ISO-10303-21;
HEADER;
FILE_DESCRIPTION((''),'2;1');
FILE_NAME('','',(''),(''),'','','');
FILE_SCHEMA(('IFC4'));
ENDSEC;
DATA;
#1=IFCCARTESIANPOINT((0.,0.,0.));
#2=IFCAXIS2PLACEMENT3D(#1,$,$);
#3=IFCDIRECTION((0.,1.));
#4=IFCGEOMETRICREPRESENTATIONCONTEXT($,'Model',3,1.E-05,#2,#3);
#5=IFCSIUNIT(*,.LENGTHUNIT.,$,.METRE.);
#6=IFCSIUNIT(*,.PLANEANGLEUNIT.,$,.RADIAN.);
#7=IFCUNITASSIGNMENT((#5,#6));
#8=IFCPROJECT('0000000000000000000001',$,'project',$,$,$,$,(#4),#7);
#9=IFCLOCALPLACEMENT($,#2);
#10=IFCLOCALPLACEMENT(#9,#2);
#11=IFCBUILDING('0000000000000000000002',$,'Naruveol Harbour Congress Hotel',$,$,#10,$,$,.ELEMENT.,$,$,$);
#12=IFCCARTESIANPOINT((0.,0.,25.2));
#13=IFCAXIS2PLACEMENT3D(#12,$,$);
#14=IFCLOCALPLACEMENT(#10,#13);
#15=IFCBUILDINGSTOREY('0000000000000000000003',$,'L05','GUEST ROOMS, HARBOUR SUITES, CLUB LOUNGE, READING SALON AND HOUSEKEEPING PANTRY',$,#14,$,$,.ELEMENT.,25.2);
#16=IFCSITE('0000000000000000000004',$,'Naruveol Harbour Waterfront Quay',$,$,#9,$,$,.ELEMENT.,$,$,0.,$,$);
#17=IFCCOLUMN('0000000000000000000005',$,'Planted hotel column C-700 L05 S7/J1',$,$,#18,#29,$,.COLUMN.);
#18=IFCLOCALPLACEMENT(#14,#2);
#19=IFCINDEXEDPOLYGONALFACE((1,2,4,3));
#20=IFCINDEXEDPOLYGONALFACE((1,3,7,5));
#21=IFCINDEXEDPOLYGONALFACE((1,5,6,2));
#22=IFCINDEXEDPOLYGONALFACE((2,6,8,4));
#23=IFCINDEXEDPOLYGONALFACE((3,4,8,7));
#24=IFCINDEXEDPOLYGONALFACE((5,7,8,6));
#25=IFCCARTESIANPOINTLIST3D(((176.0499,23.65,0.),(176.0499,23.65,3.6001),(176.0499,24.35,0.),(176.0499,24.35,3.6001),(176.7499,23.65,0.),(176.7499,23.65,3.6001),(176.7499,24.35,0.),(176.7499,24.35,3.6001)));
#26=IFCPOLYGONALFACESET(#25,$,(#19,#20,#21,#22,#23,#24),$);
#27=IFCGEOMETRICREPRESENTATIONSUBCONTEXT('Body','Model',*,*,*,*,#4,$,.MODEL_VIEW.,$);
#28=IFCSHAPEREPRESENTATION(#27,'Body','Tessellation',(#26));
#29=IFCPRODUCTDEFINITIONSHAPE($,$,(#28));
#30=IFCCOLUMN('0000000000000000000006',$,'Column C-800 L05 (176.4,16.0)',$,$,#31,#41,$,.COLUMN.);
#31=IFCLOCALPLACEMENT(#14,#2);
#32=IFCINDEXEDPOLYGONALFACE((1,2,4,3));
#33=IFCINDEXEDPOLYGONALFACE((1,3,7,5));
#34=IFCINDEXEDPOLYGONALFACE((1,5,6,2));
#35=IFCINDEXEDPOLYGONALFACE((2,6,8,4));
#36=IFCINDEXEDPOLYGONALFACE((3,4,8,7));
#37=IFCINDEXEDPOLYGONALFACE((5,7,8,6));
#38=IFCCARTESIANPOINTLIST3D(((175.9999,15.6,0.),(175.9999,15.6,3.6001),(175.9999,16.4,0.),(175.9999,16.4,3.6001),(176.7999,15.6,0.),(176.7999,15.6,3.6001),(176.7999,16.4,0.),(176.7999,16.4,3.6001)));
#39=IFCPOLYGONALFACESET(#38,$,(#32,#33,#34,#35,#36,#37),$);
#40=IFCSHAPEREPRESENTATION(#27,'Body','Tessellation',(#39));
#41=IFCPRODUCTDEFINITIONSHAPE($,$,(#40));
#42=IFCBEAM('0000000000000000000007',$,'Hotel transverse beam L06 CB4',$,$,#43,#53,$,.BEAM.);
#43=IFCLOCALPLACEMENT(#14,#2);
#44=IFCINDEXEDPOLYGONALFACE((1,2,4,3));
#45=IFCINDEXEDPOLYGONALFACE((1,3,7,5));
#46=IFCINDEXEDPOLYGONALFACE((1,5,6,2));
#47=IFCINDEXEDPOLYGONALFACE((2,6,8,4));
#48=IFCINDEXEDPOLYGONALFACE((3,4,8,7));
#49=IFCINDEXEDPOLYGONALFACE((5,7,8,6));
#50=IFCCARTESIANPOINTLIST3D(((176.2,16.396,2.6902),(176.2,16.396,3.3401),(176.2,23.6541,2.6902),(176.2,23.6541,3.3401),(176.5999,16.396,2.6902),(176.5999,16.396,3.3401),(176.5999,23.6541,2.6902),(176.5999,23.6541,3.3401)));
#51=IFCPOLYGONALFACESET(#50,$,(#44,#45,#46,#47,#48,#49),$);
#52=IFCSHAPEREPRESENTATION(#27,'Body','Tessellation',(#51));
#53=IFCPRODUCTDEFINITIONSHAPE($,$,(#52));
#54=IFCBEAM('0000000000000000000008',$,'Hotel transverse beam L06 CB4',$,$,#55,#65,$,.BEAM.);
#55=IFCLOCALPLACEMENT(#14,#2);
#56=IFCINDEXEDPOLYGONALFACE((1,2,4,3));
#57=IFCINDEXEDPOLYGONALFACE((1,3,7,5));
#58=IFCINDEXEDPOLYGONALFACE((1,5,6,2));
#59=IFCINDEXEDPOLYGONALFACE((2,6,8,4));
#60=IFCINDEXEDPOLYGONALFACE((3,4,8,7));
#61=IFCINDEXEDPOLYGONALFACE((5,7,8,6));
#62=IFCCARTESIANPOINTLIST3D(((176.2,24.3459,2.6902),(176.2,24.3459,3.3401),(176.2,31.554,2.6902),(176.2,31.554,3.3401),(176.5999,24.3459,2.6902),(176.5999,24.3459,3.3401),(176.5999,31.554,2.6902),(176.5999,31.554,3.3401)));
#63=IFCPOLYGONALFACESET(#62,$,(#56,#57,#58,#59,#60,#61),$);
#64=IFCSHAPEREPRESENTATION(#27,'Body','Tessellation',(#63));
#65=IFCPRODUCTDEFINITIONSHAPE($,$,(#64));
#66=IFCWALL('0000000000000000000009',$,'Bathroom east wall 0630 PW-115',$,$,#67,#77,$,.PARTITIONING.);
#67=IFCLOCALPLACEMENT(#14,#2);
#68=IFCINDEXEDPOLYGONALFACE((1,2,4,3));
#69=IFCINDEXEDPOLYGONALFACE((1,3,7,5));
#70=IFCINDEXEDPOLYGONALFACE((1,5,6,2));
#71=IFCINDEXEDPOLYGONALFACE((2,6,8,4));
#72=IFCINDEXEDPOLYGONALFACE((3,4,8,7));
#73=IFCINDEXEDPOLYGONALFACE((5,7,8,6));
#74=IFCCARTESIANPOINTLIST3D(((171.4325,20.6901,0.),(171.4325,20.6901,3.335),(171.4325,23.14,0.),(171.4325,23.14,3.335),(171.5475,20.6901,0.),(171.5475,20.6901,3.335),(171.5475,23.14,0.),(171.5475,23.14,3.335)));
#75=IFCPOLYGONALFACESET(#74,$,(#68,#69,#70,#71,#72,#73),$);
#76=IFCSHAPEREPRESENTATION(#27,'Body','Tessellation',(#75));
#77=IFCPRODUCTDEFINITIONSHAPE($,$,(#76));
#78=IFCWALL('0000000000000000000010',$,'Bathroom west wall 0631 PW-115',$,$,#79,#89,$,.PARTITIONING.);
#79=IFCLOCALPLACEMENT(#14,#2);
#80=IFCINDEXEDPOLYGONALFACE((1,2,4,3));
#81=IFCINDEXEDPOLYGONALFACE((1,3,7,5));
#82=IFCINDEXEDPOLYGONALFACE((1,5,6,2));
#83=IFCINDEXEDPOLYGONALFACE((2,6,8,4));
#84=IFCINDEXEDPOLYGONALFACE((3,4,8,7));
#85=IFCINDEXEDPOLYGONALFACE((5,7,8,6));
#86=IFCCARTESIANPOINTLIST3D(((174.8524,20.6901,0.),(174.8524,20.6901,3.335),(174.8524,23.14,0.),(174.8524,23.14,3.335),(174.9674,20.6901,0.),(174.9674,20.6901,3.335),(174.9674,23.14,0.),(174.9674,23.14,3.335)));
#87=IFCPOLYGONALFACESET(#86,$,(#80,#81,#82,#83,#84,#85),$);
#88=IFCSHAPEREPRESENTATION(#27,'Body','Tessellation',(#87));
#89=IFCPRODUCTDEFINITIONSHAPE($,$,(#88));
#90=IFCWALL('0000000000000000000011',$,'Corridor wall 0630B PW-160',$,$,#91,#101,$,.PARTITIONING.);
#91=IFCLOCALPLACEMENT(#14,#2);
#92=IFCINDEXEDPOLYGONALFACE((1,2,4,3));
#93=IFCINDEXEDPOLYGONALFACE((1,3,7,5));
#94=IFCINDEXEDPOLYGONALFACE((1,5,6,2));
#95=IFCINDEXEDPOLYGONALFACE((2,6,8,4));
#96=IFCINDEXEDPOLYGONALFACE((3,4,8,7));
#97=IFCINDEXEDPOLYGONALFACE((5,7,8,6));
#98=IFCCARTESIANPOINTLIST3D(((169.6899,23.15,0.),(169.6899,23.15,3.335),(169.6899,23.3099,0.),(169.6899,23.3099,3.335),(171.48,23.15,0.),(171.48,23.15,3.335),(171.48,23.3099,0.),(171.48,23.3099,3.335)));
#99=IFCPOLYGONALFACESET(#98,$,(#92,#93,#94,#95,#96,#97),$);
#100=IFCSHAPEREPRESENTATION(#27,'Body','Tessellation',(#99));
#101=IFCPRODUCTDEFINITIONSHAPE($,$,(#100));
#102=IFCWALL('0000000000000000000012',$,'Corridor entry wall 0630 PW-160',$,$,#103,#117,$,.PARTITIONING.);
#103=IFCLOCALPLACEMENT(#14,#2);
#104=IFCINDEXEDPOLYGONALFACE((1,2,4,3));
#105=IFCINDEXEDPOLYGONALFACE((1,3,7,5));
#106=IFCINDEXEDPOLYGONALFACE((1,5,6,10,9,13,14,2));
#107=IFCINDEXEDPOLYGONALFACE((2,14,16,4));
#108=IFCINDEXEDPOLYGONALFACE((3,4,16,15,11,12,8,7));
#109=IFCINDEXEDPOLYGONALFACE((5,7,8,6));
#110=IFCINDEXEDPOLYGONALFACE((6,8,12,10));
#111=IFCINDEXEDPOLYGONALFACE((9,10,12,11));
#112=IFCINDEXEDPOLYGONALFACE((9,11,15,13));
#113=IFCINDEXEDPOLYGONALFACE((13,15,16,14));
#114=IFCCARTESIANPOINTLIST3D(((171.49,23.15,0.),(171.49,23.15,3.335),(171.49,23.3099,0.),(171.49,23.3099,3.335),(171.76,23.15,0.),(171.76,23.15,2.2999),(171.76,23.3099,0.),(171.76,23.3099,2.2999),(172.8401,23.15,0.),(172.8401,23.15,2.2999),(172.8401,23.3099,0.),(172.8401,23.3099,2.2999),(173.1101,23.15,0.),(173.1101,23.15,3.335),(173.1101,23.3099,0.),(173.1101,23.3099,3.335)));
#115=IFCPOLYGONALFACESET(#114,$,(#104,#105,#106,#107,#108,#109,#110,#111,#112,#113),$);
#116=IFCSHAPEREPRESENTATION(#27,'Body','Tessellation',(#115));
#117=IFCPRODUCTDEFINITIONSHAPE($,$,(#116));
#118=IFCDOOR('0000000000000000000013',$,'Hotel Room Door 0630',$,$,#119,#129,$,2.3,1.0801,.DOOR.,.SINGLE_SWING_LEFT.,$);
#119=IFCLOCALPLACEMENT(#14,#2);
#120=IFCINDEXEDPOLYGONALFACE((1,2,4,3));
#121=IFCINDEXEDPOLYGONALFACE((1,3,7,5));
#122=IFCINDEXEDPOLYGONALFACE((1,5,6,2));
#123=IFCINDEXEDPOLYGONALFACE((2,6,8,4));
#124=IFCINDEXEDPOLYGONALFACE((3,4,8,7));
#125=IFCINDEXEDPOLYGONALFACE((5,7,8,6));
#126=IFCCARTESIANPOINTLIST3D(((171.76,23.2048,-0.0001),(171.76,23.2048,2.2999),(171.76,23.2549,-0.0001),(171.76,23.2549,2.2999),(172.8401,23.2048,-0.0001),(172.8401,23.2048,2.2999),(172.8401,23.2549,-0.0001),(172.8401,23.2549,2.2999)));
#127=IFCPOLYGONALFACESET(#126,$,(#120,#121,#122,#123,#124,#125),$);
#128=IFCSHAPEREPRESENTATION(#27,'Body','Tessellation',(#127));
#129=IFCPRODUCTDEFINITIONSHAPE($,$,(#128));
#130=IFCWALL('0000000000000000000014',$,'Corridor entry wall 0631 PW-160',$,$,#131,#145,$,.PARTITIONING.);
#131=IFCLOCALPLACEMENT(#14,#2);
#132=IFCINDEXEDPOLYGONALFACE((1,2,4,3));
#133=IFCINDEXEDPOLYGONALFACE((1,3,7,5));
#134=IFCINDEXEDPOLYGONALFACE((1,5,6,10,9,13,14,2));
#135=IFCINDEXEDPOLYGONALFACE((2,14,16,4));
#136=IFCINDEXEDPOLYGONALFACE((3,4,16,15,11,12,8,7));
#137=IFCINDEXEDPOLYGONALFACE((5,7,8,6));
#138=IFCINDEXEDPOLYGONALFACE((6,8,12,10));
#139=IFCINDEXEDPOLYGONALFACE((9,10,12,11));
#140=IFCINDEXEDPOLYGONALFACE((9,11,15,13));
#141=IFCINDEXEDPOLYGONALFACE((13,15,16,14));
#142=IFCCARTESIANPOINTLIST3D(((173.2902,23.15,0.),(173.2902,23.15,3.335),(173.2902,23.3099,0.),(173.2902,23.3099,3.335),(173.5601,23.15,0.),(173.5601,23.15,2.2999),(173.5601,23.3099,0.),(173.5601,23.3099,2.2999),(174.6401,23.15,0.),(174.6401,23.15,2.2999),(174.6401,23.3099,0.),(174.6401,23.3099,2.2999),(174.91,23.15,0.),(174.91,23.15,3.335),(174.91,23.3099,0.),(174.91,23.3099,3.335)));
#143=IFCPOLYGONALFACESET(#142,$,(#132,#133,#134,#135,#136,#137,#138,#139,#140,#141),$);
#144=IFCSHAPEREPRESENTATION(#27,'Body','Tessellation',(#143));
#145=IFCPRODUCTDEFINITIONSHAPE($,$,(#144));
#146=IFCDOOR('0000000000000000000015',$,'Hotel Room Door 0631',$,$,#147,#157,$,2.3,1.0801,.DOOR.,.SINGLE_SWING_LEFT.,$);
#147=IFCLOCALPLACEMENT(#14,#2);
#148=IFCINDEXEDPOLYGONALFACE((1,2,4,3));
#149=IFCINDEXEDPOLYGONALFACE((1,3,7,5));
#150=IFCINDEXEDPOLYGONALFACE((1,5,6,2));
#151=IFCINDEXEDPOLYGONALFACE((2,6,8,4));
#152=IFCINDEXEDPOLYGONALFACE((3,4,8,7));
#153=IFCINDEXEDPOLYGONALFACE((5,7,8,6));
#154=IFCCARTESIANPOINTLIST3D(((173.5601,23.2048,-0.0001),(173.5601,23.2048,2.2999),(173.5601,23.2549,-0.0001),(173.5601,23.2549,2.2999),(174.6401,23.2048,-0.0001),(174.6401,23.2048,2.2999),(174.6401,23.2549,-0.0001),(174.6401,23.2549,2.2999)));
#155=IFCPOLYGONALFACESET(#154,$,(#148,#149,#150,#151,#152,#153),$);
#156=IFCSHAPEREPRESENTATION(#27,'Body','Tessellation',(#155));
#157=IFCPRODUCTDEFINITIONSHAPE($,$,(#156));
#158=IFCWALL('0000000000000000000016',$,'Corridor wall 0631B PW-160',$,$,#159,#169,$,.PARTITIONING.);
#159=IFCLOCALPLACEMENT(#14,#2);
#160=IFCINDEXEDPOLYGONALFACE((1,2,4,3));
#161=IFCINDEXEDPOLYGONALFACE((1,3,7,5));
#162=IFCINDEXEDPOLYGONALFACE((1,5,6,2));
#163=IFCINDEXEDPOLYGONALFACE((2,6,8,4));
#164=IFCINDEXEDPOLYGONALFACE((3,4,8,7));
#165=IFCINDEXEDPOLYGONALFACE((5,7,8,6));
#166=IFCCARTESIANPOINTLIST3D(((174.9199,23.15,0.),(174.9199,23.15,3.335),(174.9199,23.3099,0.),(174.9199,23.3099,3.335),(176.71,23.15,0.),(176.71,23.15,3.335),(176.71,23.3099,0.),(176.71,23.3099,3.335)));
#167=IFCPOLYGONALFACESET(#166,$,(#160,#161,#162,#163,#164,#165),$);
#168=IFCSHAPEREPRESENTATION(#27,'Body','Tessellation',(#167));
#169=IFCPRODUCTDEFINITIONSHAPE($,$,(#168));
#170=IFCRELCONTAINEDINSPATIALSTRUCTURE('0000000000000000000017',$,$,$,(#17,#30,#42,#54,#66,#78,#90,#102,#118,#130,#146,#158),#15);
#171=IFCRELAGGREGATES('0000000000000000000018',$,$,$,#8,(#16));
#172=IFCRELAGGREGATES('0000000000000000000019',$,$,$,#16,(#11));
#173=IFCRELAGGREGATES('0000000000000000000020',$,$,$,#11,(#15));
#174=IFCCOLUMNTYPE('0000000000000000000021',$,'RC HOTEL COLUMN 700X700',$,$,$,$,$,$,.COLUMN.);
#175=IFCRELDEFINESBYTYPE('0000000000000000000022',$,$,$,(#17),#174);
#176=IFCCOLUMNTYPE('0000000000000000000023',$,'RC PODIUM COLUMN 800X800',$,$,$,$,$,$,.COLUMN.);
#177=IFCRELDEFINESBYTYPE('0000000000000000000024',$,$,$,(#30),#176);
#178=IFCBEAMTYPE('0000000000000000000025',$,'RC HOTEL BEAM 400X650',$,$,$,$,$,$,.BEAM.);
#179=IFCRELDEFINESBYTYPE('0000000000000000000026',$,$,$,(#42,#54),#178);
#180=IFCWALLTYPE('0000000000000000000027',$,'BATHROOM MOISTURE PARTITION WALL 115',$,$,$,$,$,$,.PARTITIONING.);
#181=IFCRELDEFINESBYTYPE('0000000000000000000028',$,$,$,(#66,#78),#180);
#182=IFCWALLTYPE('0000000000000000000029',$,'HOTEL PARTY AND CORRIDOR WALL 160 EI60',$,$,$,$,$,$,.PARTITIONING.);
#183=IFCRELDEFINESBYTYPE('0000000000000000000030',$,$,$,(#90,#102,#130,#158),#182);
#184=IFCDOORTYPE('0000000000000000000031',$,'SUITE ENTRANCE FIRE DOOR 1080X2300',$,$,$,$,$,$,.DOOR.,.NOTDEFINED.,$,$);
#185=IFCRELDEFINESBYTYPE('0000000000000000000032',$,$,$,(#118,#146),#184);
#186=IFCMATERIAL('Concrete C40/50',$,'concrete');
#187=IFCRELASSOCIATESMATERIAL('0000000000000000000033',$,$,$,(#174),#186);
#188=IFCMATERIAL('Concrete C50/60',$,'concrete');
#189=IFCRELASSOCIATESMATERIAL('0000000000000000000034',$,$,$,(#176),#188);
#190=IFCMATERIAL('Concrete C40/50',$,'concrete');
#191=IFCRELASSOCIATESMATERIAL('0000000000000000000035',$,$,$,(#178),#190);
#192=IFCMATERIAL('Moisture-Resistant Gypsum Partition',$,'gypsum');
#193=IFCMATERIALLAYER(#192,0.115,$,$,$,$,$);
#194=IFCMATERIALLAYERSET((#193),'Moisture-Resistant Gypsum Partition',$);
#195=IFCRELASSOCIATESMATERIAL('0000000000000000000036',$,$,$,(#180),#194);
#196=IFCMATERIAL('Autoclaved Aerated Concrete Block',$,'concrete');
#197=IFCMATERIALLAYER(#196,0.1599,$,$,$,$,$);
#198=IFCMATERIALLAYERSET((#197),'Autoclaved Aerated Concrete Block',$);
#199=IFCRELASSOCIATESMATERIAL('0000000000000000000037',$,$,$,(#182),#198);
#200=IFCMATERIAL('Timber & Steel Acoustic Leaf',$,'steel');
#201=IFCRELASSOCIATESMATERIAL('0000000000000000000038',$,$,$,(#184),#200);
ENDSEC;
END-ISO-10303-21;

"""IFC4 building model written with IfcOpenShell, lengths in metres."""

from ifc_helpers import new_model, si_unit, direction, frame, frame_2d, origin, origin_2d, place, context, subcontext, project, spatial, rectangle, extrude, material, layer, layer_set, material_profile, profile_set, type_object, element, fill, save


model = new_model("IFC4")

# Units and contexts
model_context = context("Model", 3, precision=1e-05, world=origin(), true_north=direction((0.0, 1.0)))
body_context = subcontext(model_context, "Body", "Model", "MODEL_VIEW")
ifc_project = project(units=[si_unit("LENGTHUNIT", "METRE"), si_unit("PLANEANGLEUNIT", "RADIAN")], contexts=[model_context])

# Site, building, storey
site_placement = place(None, origin())
site = spatial("IfcSite", under=ifc_project, at=site_placement, Name="Naruveol Harbour Waterfront Quay", CompositionType="ELEMENT", RefElevation=0.0)
building_placement = place(site_placement, origin())
building = spatial("IfcBuilding", under=site, at=building_placement, Name="Naruveol Harbour Congress Hotel", CompositionType="ELEMENT")
storey_placement = place(building_placement, frame((0.0, 0.0, 25.2)))
storey = spatial("IfcBuildingStorey", under=building, at=storey_placement, Name="L05", Description="GUEST ROOMS, HARBOUR SUITES, CLUB LOUNGE, READING SALON AND HOUSEKEEPING PANTRY", CompositionType="ELEMENT", Elevation=25.2)

# Columns
ifc_material_1 = material(Name="Concrete C40/50", Category="concrete")
ifc_material_profile_1 = material_profile(ifc_material_1, rectangle(XDim=0.7, YDim=0.7, at=origin_2d()), Name="RC-700x700")
ifc_profile_set_1 = profile_set([ifc_material_profile_1], Name="Concrete C40/50")
column_type_1 = type_object("IfcColumnType", Name="RC HOTEL COLUMN 700X700", PredefinedType="COLUMN", material=ifc_profile_set_1)
column_1_placement = place(storey_placement, frame((176.3999, 24.0, 0.0), z_axis=(0.0, 0.0, 1.0), x_axis=(1.0, 0.0, 0.0)))
element("IfcColumn", 1, at=column_1_placement, inside=storey, type_object=column_type_1, Name="Planted hotel column C-700 L05 S7/J1", PredefinedType="COLUMN", context=body_context, shape_type="SweptSolid", body=[
    extrude(rectangle(XDim=0.7, YDim=0.7, at=origin_2d()), origin(), (0.0, 0.0, 1.0), 3.6001),
])
ifc_material_2 = material(Name="Concrete C50/60", Category="concrete")
ifc_material_profile_2 = material_profile(ifc_material_2, rectangle(XDim=0.8, YDim=0.8, at=origin_2d()), Name="RC-800x800")
ifc_profile_set_2 = profile_set([ifc_material_profile_2], Name="Concrete C50/60")
column_type_2 = type_object("IfcColumnType", Name="RC PODIUM COLUMN 800X800", PredefinedType="COLUMN", material=ifc_profile_set_2)
column_2_placement = place(storey_placement, frame((176.3999, 16.0, 0.0), z_axis=(0.0, 0.0, 1.0), x_axis=(1.0, 0.0, 0.0)))
element("IfcColumn", 2, at=column_2_placement, inside=storey, type_object=column_type_2, Name="Column C-800 L05 (176.4,16.0)", PredefinedType="COLUMN", context=body_context, shape_type="SweptSolid", body=[
    extrude(rectangle(XDim=0.8, YDim=0.8, at=origin_2d()), origin(), (0.0, 0.0, 1.0), 3.6001),
])

# Beams
ifc_material_3 = material(Name="Concrete C40/50", Category="concrete")
ifc_material_profile_3 = material_profile(ifc_material_3, rectangle(XDim=0.3999, YDim=0.6499, at=origin_2d()), Name="RCB-400x650")
ifc_profile_set_3 = profile_set([ifc_material_profile_3], Name="Concrete C40/50")
beam_type = type_object("IfcBeamType", Name="RC HOTEL BEAM 400X650", PredefinedType="BEAM", material=ifc_profile_set_3)
beam_1_placement = place(storey_placement, frame((176.3999, 16.396, 3.0151), z_axis=(0.0, 1.0, 0.0), x_axis=(-1.0, 0.0, 0.0)))
element("IfcBeam", 3, at=beam_1_placement, inside=storey, type_object=beam_type, Name="Hotel transverse beam L06 CB4", PredefinedType="BEAM", context=body_context, shape_type="SweptSolid", body=[
    extrude(rectangle(XDim=0.3999, YDim=0.6499, at=origin_2d()), origin(), (0.0, 0.0, 1.0), 7.2581),
])
beam_2_placement = place(storey_placement, frame((176.3999, 24.3459, 3.0151), z_axis=(0.0, 1.0, 0.0), x_axis=(-1.0, 0.0, 0.0)))
element("IfcBeam", 4, at=beam_2_placement, inside=storey, type_object=beam_type, Name="Hotel transverse beam L06 CB4", PredefinedType="BEAM", context=body_context, shape_type="SweptSolid", body=[
    extrude(rectangle(XDim=0.3999, YDim=0.6499, at=origin_2d()), origin(), (0.0, 0.0, 1.0), 7.208),
])

# Wall
ifc_material_4 = material(Name="Moisture-Resistant Gypsum Partition", Category="gypsum")
ifc_layer_1 = layer(ifc_material_4, 0.115)
ifc_layer_set_1 = layer_set([ifc_layer_1], Name="Moisture-Resistant Gypsum Partition")
wall_type_1 = type_object("IfcWallType", Name="BATHROOM MOISTURE PARTITION WALL 115", PredefinedType="PARTITIONING", material=ifc_layer_set_1)
wall_1_placement = place(storey_placement, frame((171.49, 20.6899, 0.0), z_axis=(0.0, 0.0, 1.0), x_axis=(0.0, 1.0, 0.0)))
element("IfcWall", 5, at=wall_1_placement, inside=storey, type_object=wall_type_1, Name="Bathroom east wall 0630 PW-115", PredefinedType="PARTITIONING", context=body_context, shape_type="SweptSolid", body=[
    extrude(rectangle(XDim=2.45, YDim=0.115, at=frame_2d((1.2251, 0.0))), origin(), (0.0, 0.0, 1.0), 3.335),
])

# Wall
wall_2_placement = place(storey_placement, frame((174.9099, 20.6899, 0.0), z_axis=(0.0, 0.0, 1.0), x_axis=(0.0, 1.0, 0.0)))
element("IfcWall", 6, at=wall_2_placement, inside=storey, type_object=wall_type_1, Name="Bathroom west wall 0631 PW-115", PredefinedType="PARTITIONING", context=body_context, shape_type="SweptSolid", body=[
    extrude(rectangle(XDim=2.45, YDim=0.115, at=frame_2d((1.2251, 0.0))), origin(), (0.0, 0.0, 1.0), 3.335),
])

# Wall
ifc_material_5 = material(Name="Autoclaved Aerated Concrete Block", Category="concrete")
ifc_layer_2 = layer(ifc_material_5, 0.1599)
ifc_layer_set_2 = layer_set([ifc_layer_2], Name="Autoclaved Aerated Concrete Block")
wall_type_2 = type_object("IfcWallType", Name="HOTEL PARTY AND CORRIDOR WALL 160 EI60", PredefinedType="PARTITIONING", material=ifc_layer_set_2)
wall_3_placement = place(storey_placement, frame((169.6899, 23.23, 0.0), z_axis=(0.0, 0.0, 1.0), x_axis=(1.0, 0.0, 0.0)))
element("IfcWall", 7, at=wall_3_placement, inside=storey, type_object=wall_type_2, Name="Corridor wall 0630B PW-160", PredefinedType="PARTITIONING", context=body_context, shape_type="SweptSolid", body=[
    extrude(rectangle(XDim=1.79, YDim=0.1599, at=frame_2d((0.895, 0.0))), origin(), (0.0, 0.0, 1.0), 3.335),
])

# Walls, openings, doors
wall_4_placement = place(storey_placement, frame((171.49, 23.23, 0.0), z_axis=(0.0, 0.0, 1.0), x_axis=(1.0, 0.0, 0.0)))
wall_4 = element("IfcWall", 8, at=wall_4_placement, inside=storey, type_object=wall_type_2, Name="Corridor entry wall 0630 PW-160", PredefinedType="PARTITIONING", context=body_context, shape_type="SweptSolid", body=[
    extrude(rectangle(XDim=1.6201, YDim=0.1599, at=frame_2d((0.8101, 0.0))), origin(), (0.0, 0.0, 1.0), 3.335),
])
opening_1_placement = place(wall_4_placement, frame((0.27, 0.0, 0.0)))
opening_1 = element("IfcOpeningElement", 9, at=opening_1_placement, cuts=wall_4, PredefinedType="OPENING", context=body_context, shape_type="SweptSolid", body=[
    extrude(rectangle(XDim=1.0801, YDim=2.3, at=frame_2d((0.54, 1.1499))), frame((0.0, 0.0898, 0.0), z_axis=(0.0, -1.0, 0.0), x_axis=(1.0, 0.0, 0.0)), (0.0, 0.0, 1.0), 0.1799),
])
ifc_material_6 = material(Name="Timber & Steel Acoustic Leaf", Category="steel")
door_type_1 = type_object("IfcDoorType", Name="SUITE ENTRANCE FIRE DOOR 1080X2300", OperationType="NOTDEFINED", PredefinedType="DOOR", material=ifc_material_6)
door_1_placement = place(opening_1_placement, origin())
door_1 = element("IfcDoor", 10, at=door_1_placement, inside=storey, type_object=door_type_1, Name="Hotel Room Door 0630", OperationType="SINGLE_SWING_LEFT", OverallHeight=2.3, OverallWidth=1.0801, PredefinedType="DOOR", context=body_context, shape_type="SweptSolid", body=[
    extrude(rectangle(XDim=1.0801, YDim=2.3, at=frame_2d((0.54, 1.1499))), frame((0.0, 0.0249, 0.0), z_axis=(0.0, -1.0, 0.0), x_axis=(1.0, 0.0, 0.0)), (0.0, 0.0, 1.0), 0.05),
])
fill(opening_1, door_1)
wall_5_placement = place(storey_placement, frame((173.29, 23.23, 0.0), z_axis=(0.0, 0.0, 1.0), x_axis=(1.0, 0.0, 0.0)))
wall_5 = element("IfcWall", 11, at=wall_5_placement, inside=storey, type_object=wall_type_2, Name="Corridor entry wall 0631 PW-160", PredefinedType="PARTITIONING", context=body_context, shape_type="SweptSolid", body=[
    extrude(rectangle(XDim=1.6199, YDim=0.1599, at=frame_2d((0.8101, 0.0))), origin(), (0.0, 0.0, 1.0), 3.335),
])
opening_2_placement = place(wall_5_placement, frame((0.27, 0.0, 0.0)))
opening_2 = element("IfcOpeningElement", 12, at=opening_2_placement, cuts=wall_5, PredefinedType="OPENING", context=body_context, shape_type="SweptSolid", body=[
    extrude(rectangle(XDim=1.0801, YDim=2.3, at=frame_2d((0.54, 1.1499))), frame((0.0, 0.0898, 0.0), z_axis=(0.0, -1.0, 0.0), x_axis=(1.0, 0.0, 0.0)), (0.0, 0.0, 1.0), 0.1799),
])
door_2_placement = place(opening_2_placement, origin())
door_2 = element("IfcDoor", 13, at=door_2_placement, inside=storey, type_object=door_type_1, Name="Hotel Room Door 0631", OperationType="SINGLE_SWING_LEFT", OverallHeight=2.3, OverallWidth=1.0801, PredefinedType="DOOR", context=body_context, shape_type="SweptSolid", body=[
    extrude(rectangle(XDim=1.0801, YDim=2.3, at=frame_2d((0.54, 1.1499))), frame((0.0, 0.0249, 0.0), z_axis=(0.0, -1.0, 0.0), x_axis=(1.0, 0.0, 0.0)), (0.0, 0.0, 1.0), 0.05),
])
fill(opening_2, door_2)

# Wall
wall_6_placement = place(storey_placement, frame((174.9199, 23.23, 0.0), z_axis=(0.0, 0.0, 1.0), x_axis=(1.0, 0.0, 0.0)))
element("IfcWall", 14, at=wall_6_placement, inside=storey, type_object=wall_type_2, Name="Corridor wall 0631B PW-160", PredefinedType="PARTITIONING", context=body_context, shape_type="SweptSolid", body=[
    extrude(rectangle(XDim=1.79, YDim=0.1599, at=frame_2d((0.895, 0.0))), origin(), (0.0, 0.0, 1.0), 3.335),
])

save(model, "model.ifc")
